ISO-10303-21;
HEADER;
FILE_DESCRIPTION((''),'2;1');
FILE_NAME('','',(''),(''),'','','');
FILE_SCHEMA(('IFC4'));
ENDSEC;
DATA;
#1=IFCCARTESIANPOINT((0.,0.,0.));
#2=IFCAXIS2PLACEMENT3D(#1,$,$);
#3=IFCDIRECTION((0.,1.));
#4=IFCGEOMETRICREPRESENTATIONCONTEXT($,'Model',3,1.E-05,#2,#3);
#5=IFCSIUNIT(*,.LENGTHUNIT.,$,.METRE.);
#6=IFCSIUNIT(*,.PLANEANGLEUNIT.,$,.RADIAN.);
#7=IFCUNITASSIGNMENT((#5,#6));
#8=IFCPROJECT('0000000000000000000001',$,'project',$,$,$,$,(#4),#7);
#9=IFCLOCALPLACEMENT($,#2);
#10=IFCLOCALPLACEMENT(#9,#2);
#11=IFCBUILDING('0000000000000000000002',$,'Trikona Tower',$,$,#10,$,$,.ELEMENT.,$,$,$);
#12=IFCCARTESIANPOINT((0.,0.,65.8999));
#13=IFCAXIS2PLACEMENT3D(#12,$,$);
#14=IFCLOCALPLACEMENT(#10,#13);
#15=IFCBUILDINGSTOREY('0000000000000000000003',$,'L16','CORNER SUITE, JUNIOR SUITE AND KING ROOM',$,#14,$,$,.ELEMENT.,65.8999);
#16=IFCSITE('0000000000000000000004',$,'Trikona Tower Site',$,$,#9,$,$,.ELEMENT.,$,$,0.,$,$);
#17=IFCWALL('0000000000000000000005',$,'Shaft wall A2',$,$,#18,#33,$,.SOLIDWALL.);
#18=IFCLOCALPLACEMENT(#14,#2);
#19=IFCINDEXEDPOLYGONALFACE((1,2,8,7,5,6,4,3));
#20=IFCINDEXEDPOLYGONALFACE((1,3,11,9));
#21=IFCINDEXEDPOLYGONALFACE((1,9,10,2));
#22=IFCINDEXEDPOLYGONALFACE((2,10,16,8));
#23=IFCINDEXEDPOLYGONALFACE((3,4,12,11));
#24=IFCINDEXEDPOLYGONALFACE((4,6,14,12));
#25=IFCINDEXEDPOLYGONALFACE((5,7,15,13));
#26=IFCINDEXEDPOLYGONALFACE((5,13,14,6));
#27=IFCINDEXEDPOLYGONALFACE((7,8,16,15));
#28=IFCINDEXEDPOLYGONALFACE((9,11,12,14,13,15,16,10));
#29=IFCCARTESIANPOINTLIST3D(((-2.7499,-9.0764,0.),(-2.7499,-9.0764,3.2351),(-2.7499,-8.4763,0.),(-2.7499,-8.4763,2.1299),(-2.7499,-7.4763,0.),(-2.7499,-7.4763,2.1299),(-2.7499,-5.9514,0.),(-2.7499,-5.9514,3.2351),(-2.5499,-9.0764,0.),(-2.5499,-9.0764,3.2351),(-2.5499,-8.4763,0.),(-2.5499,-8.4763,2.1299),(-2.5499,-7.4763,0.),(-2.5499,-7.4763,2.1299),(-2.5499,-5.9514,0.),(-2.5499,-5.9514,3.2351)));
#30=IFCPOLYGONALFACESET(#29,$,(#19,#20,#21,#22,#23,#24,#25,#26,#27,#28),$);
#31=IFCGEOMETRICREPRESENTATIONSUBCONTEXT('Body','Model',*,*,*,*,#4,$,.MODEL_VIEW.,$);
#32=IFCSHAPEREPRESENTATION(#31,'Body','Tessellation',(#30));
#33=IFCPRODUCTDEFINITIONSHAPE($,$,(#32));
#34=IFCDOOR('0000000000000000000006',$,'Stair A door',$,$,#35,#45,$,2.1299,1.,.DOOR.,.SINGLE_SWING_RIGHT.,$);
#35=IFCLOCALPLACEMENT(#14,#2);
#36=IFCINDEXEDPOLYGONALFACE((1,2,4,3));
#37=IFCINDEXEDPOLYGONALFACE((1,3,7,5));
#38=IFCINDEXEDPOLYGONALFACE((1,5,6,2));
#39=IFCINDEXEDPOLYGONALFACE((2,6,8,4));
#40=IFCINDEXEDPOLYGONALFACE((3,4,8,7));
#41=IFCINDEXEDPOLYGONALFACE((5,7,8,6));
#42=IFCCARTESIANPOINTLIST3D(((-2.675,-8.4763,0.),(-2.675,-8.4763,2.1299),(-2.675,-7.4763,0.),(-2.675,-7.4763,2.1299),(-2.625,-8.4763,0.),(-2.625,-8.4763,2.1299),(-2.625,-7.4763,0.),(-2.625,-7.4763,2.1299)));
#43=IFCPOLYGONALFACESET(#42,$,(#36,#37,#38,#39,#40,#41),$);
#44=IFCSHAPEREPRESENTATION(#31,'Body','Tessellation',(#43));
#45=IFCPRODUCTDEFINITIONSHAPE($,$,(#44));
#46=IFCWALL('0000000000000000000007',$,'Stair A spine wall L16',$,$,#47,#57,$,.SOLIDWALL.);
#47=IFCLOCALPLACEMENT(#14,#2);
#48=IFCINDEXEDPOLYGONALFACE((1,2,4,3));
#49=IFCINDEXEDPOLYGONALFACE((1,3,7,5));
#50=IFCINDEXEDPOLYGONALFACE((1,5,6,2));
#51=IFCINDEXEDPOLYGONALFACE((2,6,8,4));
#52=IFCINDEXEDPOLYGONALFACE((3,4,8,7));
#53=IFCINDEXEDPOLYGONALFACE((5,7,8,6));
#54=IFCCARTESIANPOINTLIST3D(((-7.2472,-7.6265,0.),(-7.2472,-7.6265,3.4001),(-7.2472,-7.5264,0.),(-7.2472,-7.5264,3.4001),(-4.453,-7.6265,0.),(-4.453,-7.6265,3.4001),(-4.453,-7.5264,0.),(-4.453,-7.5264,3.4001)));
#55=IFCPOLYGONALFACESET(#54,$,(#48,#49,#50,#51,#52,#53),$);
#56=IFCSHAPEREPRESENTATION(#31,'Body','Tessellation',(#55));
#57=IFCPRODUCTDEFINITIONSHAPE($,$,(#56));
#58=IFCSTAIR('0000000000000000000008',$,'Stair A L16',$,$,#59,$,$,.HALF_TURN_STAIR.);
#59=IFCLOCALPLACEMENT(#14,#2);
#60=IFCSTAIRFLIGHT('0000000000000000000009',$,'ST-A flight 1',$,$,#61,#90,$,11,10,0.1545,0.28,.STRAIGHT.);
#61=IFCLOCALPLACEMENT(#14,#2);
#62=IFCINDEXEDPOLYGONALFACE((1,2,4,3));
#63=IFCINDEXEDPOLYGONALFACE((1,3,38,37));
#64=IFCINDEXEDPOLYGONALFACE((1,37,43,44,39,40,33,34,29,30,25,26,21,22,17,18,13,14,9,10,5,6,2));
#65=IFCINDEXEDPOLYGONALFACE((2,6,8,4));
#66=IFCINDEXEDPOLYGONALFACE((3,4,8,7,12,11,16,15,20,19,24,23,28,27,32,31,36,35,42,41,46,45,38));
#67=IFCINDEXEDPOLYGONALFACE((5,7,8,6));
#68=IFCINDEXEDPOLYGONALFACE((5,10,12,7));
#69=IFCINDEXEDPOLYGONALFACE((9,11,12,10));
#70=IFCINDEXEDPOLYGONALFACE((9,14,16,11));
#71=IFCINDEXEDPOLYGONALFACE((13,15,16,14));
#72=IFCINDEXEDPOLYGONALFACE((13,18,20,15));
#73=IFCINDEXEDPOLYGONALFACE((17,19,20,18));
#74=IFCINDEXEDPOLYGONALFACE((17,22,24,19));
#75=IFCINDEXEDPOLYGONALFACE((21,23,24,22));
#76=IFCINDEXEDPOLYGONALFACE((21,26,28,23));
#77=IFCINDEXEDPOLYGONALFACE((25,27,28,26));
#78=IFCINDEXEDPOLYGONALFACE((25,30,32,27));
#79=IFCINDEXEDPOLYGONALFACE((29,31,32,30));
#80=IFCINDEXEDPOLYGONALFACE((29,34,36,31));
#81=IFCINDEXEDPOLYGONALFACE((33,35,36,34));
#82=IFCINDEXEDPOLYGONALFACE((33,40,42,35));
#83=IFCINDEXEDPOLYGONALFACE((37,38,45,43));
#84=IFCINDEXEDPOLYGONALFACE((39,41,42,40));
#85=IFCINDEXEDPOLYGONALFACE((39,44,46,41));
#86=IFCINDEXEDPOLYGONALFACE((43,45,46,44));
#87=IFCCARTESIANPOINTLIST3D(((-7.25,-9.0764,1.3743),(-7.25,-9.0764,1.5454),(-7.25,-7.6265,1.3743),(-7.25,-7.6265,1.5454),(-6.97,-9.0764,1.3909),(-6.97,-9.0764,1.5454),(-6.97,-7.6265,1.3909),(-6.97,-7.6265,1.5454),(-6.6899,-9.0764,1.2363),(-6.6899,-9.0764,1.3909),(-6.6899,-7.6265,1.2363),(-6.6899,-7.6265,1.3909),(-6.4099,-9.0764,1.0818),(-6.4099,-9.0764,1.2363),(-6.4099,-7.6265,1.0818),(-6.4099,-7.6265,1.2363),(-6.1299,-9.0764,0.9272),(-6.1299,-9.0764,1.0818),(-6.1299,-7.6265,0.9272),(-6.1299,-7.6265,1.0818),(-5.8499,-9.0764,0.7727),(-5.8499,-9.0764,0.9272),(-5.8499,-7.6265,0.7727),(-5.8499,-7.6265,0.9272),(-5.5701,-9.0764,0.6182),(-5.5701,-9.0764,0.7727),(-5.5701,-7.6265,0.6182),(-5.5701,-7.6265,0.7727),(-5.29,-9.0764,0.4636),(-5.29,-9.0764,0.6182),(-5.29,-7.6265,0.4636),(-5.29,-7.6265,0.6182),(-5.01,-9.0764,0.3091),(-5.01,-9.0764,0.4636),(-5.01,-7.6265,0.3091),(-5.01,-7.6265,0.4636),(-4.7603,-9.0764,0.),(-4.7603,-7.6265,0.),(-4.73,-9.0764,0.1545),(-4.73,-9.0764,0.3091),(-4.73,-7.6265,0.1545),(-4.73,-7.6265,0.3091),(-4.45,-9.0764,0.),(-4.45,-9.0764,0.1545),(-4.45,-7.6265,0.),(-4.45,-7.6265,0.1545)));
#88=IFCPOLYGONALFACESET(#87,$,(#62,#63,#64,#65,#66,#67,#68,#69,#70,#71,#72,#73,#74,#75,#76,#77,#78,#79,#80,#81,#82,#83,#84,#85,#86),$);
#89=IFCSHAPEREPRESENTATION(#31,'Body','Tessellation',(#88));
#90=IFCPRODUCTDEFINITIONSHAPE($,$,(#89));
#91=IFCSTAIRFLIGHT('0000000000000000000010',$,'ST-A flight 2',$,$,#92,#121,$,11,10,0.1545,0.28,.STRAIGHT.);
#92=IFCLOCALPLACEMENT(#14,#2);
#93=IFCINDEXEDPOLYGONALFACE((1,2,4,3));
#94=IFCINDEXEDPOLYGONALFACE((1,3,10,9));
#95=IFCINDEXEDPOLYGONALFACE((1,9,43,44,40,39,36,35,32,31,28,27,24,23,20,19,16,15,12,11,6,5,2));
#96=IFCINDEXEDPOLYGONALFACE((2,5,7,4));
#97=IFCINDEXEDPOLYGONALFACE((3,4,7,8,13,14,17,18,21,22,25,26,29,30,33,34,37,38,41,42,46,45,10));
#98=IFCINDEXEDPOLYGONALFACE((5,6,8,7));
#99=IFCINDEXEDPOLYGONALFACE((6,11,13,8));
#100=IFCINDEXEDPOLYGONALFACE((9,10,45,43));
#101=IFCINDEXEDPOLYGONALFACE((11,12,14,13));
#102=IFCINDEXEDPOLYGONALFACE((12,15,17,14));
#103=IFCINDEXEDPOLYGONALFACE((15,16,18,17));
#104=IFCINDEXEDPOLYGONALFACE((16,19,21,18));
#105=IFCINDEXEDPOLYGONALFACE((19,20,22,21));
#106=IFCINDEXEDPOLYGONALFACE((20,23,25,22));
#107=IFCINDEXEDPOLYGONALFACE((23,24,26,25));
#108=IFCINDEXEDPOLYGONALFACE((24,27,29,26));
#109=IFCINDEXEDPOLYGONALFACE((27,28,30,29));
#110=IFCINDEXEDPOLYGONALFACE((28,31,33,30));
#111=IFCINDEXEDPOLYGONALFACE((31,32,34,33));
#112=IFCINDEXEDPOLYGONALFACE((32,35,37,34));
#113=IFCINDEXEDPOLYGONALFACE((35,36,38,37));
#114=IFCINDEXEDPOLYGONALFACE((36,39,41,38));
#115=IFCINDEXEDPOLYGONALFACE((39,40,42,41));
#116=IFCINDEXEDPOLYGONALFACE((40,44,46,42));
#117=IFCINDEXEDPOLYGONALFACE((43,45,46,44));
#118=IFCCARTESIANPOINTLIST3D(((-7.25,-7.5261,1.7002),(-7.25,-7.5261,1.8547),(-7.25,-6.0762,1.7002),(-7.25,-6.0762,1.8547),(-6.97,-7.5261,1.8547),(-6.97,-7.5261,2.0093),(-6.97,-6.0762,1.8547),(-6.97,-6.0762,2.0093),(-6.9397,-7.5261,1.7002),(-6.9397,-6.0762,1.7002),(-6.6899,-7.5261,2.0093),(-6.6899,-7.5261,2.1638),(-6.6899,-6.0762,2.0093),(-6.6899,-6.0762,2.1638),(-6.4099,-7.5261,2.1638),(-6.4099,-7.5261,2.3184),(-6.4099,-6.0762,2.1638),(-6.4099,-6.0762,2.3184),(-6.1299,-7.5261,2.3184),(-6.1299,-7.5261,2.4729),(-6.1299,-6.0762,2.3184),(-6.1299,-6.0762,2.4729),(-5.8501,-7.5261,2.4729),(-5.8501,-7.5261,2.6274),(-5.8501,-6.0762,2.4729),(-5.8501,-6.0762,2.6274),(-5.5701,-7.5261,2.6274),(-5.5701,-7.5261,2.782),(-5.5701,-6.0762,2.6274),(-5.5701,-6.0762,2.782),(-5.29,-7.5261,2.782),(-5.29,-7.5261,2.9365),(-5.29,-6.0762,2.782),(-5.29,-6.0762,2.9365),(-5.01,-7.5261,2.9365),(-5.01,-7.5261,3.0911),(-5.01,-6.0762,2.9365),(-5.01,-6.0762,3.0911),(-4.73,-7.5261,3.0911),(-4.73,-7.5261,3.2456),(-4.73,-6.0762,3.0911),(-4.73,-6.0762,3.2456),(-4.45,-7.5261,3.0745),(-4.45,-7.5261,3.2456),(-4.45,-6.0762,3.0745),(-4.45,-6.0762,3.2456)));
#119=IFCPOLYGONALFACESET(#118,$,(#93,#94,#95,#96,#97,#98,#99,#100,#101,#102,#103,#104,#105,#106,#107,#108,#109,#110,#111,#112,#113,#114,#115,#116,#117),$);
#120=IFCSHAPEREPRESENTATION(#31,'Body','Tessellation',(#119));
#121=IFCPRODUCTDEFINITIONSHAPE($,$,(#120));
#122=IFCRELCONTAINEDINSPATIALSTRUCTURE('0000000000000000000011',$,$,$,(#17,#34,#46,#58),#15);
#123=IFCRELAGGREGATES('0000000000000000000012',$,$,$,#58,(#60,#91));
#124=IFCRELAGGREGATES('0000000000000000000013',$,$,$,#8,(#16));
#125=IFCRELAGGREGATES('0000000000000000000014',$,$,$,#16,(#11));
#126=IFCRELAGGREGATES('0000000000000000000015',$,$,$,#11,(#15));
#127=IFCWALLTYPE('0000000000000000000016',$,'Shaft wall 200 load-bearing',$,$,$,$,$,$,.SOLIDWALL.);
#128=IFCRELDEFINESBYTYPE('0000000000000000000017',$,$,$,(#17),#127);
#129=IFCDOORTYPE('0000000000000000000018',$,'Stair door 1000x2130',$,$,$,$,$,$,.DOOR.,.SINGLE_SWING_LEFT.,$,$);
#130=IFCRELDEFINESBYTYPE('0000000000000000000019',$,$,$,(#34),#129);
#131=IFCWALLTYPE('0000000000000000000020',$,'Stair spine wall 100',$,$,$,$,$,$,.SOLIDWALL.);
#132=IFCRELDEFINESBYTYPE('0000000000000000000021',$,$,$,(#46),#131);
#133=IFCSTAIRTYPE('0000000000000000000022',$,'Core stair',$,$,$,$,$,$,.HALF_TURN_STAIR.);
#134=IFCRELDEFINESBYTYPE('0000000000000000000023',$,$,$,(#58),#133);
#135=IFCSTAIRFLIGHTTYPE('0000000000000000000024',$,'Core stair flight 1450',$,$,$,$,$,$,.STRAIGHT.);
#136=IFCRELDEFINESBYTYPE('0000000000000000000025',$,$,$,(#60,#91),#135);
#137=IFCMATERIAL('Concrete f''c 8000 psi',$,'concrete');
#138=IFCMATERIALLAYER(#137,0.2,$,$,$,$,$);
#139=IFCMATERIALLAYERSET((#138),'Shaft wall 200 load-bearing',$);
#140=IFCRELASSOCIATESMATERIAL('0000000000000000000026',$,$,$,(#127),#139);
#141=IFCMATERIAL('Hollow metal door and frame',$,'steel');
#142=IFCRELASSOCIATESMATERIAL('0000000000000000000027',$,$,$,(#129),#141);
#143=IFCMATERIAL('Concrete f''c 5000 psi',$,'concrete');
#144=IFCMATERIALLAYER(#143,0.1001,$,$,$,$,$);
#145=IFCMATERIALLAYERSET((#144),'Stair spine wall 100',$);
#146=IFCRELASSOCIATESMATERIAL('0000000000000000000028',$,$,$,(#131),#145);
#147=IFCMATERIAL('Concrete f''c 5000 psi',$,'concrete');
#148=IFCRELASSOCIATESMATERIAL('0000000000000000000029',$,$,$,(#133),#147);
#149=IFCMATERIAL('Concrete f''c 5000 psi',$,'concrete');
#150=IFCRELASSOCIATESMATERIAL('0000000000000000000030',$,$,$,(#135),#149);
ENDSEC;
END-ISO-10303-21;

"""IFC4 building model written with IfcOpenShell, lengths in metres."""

from ifc_helpers import new_model, si_unit, direction, frame, frame_2d, origin, place, context, subcontext, project, spatial, polyline, rectangle, outline, extrude, material, layer, layer_set, type_object, element, fill, aggregate, save


model = new_model("IFC4")

# Units and contexts
model_context = context("Model", 3, precision=1e-05, world=origin(), true_north=direction((0.0, 1.0)))
body_context = subcontext(model_context, "Body", "Model", "MODEL_VIEW")
ifc_project = project(units=[si_unit("LENGTHUNIT", "METRE"), si_unit("PLANEANGLEUNIT", "RADIAN")], contexts=[model_context])

# Site, building, storey
site_placement = place(None, origin())
site = spatial("IfcSite", under=ifc_project, at=site_placement, Name="Trikona Tower Site", CompositionType="ELEMENT", RefElevation=0.0)
building_placement = place(site_placement, origin())
building = spatial("IfcBuilding", under=site, at=building_placement, Name="Trikona Tower", CompositionType="ELEMENT")
storey_placement = place(building_placement, frame((0.0, 0.0, 65.8999)))
storey = spatial("IfcBuildingStorey", under=building, at=storey_placement, Name="L16", Description="CORNER SUITE, JUNIOR SUITE AND KING ROOM", CompositionType="ELEMENT", Elevation=65.8999)

# Shared definitions
ifc_material_1 = material(Name="Concrete f'c 8000 psi", Category="concrete")
ifc_layer_1 = layer(ifc_material_1, 0.2)
ifc_layer_set_1 = layer_set([ifc_layer_1], Name="Shaft wall 200 load-bearing")
wall_type_1 = type_object("IfcWallType", Name="Shaft wall 200 load-bearing", PredefinedType="SOLIDWALL", material=ifc_layer_set_1)

# Wall, opening, door
wall_1_placement = place(storey_placement, frame((-2.6499, -5.9514, 0.0), z_axis=(0.0, 0.0, 1.0), x_axis=(0.0, -1.0, 0.0)))
wall_1 = element("IfcWall", 1, at=wall_1_placement, inside=storey, type_object=wall_type_1, Name="Shaft wall A2", PredefinedType="SOLIDWALL", context=body_context, shape_type="SweptSolid", body=[
    extrude(rectangle(XDim=3.125, YDim=0.2, at=frame_2d((1.5625, 0.0))), origin(), (0.0, 0.0, 1.0), 3.2351),
])
opening_1_placement = place(wall_1_placement, frame((1.5249, 0.0, 0.0)))
opening_1 = element("IfcOpeningElement", 2, at=opening_1_placement, cuts=wall_1, PredefinedType="OPENING", context=body_context, shape_type="SweptSolid", body=[
    extrude(rectangle(XDim=1.0, YDim=2.1299, at=frame_2d((0.5, 1.0649))), frame((0.0, 0.1099, 0.0), z_axis=(0.0, -1.0, 0.0), x_axis=(1.0, 0.0, 0.0)), (0.0, 0.0, 1.0), 0.22),
])
ifc_material_2 = material(Name="Hollow metal door and frame", Category="steel")
door_type_1 = type_object("IfcDoorType", Name="Stair door 1000x2130", OperationType="SINGLE_SWING_LEFT", PredefinedType="DOOR", material=ifc_material_2)
door_1_placement = place(opening_1_placement, origin())
door_1 = element("IfcDoor", 3, at=door_1_placement, inside=storey, type_object=door_type_1, Name="Stair A door", OperationType="SINGLE_SWING_RIGHT", OverallHeight=2.1299, OverallWidth=1.0, PredefinedType="DOOR", context=body_context, shape_type="SweptSolid", body=[
    extrude(rectangle(XDim=1.0, YDim=2.1299, at=frame_2d((0.5, 1.0649))), frame((0.0, 0.0249, 0.0), z_axis=(0.0, -1.0, 0.0), x_axis=(1.0, 0.0, 0.0)), (0.0, 0.0, 1.0), 0.05),
])
fill(opening_1, door_1)

# Wall
ifc_material_3 = material(Name="Concrete f'c 5000 psi", Category="concrete")
ifc_layer_2 = layer(ifc_material_3, 0.1001)
ifc_layer_set_2 = layer_set([ifc_layer_2], Name="Stair spine wall 100")
wall_type_2 = type_object("IfcWallType", Name="Stair spine wall 100", PredefinedType="SOLIDWALL", material=ifc_layer_set_2)
wall_2_placement = place(storey_placement, frame((-7.2471, -7.5764, 0.0), z_axis=(0.0, 0.0, 1.0), x_axis=(1.0, 0.0, 0.0)))
element("IfcWall", 4, at=wall_2_placement, inside=storey, type_object=wall_type_2, Name="Stair A spine wall L16", PredefinedType="SOLIDWALL", context=body_context, shape_type="SweptSolid", body=[
    extrude(rectangle(XDim=2.7942, YDim=0.1001, at=frame_2d((1.397, 0.0))), origin(), (0.0, 0.0, 1.0), 3.4001),
])

# Stair, stair flights
ifc_material_4 = material(Name="Concrete f'c 5000 psi", Category="concrete")
stair_type = type_object("IfcStairType", Name="Core stair", PredefinedType="HALF_TURN_STAIR", material=ifc_material_4)
stair_placement = place(storey_placement, origin())
stair = element("IfcStair", 5, at=stair_placement, inside=storey, type_object=stair_type, Name="Stair A L16", PredefinedType="HALF_TURN_STAIR")
ifc_material_5 = material(Name="Concrete f'c 5000 psi", Category="concrete")
stair_flight_type = type_object("IfcStairFlightType", Name="Core stair flight 1450", PredefinedType="STRAIGHT", material=ifc_material_5)
stair_flight_1_placement = place(storey_placement, frame((-4.45, -8.3513, 0.0), z_axis=(0.0, 0.0, 1.0), x_axis=(-1.0, 0.0, 0.0)))
stair_flight_1 = element("IfcStairFlight", 6, at=stair_flight_1_placement, type_object=stair_flight_type, Name="ST-A flight 1", NumberOfRisers=11, NumberOfTreads=10, PredefinedType="STRAIGHT", RiserHeight=0.1545, TreadLength=0.28, context=body_context, shape_type="SweptSolid", body=[
    extrude(outline(polyline([(0.0, 0.0), (0.0, 0.1545), (0.28, 0.1545), (0.28, 0.3091), (0.5601, 0.3091), (0.5601, 0.4636), (0.8401, 0.4636), (0.8401, 0.6182), (1.1201, 0.6182), (1.1201, 0.7727), (1.3999, 0.7727), (1.3999, 0.9272), (1.6799, 0.9272), (1.6799, 1.0818), (1.96, 1.0818), (1.96, 1.2363), (2.24, 1.2363), (2.24, 1.3909), (2.52, 1.3909), (2.52, 1.5454), (2.8, 1.5454), (2.8, 1.7), (2.8, 1.3743), (0.3103, 0.0), (0.0, 0.0)])), frame((0.0, 0.7251, 0.0), z_axis=(0.0, -1.0, 0.0), x_axis=(1.0, 0.0, 0.0)), (0.0, 0.0, 1.0), 1.45),
])
stair_flight_2_placement = place(storey_placement, frame((-7.25, -6.8013, 1.7002), z_axis=(0.0, 0.0, 1.0), x_axis=(1.0, 0.0, 0.0)))
stair_flight_2 = element("IfcStairFlight", 7, at=stair_flight_2_placement, type_object=stair_flight_type, Name="ST-A flight 2", NumberOfRisers=11, NumberOfTreads=10, PredefinedType="STRAIGHT", RiserHeight=0.1545, TreadLength=0.28, context=body_context, shape_type="SweptSolid", body=[
    extrude(outline(polyline([(0.0, 0.0), (0.0, 0.1545), (0.28, 0.1545), (0.28, 0.3091), (0.5601, 0.3091), (0.5601, 0.4636), (0.8401, 0.4636), (0.8401, 0.6182), (1.1201, 0.6182), (1.1201, 0.7727), (1.3999, 0.7727), (1.3999, 0.9272), (1.6799, 0.9272), (1.6799, 1.0818), (1.96, 1.0818), (1.96, 1.2363), (2.24, 1.2363), (2.24, 1.3909), (2.52, 1.3909), (2.52, 1.5454), (2.8, 1.5454), (2.8, 1.7), (2.8, 1.3743), (0.3103, 0.0), (0.0, 0.0)])), frame((0.0, 0.7251, 0.0), z_axis=(0.0, -1.0, 0.0), x_axis=(1.0, 0.0, 0.0)), (0.0, 0.0, 1.0), 1.45),
])
aggregate(stair, [stair_flight_1, stair_flight_2])

save(model, "model.ifc")
